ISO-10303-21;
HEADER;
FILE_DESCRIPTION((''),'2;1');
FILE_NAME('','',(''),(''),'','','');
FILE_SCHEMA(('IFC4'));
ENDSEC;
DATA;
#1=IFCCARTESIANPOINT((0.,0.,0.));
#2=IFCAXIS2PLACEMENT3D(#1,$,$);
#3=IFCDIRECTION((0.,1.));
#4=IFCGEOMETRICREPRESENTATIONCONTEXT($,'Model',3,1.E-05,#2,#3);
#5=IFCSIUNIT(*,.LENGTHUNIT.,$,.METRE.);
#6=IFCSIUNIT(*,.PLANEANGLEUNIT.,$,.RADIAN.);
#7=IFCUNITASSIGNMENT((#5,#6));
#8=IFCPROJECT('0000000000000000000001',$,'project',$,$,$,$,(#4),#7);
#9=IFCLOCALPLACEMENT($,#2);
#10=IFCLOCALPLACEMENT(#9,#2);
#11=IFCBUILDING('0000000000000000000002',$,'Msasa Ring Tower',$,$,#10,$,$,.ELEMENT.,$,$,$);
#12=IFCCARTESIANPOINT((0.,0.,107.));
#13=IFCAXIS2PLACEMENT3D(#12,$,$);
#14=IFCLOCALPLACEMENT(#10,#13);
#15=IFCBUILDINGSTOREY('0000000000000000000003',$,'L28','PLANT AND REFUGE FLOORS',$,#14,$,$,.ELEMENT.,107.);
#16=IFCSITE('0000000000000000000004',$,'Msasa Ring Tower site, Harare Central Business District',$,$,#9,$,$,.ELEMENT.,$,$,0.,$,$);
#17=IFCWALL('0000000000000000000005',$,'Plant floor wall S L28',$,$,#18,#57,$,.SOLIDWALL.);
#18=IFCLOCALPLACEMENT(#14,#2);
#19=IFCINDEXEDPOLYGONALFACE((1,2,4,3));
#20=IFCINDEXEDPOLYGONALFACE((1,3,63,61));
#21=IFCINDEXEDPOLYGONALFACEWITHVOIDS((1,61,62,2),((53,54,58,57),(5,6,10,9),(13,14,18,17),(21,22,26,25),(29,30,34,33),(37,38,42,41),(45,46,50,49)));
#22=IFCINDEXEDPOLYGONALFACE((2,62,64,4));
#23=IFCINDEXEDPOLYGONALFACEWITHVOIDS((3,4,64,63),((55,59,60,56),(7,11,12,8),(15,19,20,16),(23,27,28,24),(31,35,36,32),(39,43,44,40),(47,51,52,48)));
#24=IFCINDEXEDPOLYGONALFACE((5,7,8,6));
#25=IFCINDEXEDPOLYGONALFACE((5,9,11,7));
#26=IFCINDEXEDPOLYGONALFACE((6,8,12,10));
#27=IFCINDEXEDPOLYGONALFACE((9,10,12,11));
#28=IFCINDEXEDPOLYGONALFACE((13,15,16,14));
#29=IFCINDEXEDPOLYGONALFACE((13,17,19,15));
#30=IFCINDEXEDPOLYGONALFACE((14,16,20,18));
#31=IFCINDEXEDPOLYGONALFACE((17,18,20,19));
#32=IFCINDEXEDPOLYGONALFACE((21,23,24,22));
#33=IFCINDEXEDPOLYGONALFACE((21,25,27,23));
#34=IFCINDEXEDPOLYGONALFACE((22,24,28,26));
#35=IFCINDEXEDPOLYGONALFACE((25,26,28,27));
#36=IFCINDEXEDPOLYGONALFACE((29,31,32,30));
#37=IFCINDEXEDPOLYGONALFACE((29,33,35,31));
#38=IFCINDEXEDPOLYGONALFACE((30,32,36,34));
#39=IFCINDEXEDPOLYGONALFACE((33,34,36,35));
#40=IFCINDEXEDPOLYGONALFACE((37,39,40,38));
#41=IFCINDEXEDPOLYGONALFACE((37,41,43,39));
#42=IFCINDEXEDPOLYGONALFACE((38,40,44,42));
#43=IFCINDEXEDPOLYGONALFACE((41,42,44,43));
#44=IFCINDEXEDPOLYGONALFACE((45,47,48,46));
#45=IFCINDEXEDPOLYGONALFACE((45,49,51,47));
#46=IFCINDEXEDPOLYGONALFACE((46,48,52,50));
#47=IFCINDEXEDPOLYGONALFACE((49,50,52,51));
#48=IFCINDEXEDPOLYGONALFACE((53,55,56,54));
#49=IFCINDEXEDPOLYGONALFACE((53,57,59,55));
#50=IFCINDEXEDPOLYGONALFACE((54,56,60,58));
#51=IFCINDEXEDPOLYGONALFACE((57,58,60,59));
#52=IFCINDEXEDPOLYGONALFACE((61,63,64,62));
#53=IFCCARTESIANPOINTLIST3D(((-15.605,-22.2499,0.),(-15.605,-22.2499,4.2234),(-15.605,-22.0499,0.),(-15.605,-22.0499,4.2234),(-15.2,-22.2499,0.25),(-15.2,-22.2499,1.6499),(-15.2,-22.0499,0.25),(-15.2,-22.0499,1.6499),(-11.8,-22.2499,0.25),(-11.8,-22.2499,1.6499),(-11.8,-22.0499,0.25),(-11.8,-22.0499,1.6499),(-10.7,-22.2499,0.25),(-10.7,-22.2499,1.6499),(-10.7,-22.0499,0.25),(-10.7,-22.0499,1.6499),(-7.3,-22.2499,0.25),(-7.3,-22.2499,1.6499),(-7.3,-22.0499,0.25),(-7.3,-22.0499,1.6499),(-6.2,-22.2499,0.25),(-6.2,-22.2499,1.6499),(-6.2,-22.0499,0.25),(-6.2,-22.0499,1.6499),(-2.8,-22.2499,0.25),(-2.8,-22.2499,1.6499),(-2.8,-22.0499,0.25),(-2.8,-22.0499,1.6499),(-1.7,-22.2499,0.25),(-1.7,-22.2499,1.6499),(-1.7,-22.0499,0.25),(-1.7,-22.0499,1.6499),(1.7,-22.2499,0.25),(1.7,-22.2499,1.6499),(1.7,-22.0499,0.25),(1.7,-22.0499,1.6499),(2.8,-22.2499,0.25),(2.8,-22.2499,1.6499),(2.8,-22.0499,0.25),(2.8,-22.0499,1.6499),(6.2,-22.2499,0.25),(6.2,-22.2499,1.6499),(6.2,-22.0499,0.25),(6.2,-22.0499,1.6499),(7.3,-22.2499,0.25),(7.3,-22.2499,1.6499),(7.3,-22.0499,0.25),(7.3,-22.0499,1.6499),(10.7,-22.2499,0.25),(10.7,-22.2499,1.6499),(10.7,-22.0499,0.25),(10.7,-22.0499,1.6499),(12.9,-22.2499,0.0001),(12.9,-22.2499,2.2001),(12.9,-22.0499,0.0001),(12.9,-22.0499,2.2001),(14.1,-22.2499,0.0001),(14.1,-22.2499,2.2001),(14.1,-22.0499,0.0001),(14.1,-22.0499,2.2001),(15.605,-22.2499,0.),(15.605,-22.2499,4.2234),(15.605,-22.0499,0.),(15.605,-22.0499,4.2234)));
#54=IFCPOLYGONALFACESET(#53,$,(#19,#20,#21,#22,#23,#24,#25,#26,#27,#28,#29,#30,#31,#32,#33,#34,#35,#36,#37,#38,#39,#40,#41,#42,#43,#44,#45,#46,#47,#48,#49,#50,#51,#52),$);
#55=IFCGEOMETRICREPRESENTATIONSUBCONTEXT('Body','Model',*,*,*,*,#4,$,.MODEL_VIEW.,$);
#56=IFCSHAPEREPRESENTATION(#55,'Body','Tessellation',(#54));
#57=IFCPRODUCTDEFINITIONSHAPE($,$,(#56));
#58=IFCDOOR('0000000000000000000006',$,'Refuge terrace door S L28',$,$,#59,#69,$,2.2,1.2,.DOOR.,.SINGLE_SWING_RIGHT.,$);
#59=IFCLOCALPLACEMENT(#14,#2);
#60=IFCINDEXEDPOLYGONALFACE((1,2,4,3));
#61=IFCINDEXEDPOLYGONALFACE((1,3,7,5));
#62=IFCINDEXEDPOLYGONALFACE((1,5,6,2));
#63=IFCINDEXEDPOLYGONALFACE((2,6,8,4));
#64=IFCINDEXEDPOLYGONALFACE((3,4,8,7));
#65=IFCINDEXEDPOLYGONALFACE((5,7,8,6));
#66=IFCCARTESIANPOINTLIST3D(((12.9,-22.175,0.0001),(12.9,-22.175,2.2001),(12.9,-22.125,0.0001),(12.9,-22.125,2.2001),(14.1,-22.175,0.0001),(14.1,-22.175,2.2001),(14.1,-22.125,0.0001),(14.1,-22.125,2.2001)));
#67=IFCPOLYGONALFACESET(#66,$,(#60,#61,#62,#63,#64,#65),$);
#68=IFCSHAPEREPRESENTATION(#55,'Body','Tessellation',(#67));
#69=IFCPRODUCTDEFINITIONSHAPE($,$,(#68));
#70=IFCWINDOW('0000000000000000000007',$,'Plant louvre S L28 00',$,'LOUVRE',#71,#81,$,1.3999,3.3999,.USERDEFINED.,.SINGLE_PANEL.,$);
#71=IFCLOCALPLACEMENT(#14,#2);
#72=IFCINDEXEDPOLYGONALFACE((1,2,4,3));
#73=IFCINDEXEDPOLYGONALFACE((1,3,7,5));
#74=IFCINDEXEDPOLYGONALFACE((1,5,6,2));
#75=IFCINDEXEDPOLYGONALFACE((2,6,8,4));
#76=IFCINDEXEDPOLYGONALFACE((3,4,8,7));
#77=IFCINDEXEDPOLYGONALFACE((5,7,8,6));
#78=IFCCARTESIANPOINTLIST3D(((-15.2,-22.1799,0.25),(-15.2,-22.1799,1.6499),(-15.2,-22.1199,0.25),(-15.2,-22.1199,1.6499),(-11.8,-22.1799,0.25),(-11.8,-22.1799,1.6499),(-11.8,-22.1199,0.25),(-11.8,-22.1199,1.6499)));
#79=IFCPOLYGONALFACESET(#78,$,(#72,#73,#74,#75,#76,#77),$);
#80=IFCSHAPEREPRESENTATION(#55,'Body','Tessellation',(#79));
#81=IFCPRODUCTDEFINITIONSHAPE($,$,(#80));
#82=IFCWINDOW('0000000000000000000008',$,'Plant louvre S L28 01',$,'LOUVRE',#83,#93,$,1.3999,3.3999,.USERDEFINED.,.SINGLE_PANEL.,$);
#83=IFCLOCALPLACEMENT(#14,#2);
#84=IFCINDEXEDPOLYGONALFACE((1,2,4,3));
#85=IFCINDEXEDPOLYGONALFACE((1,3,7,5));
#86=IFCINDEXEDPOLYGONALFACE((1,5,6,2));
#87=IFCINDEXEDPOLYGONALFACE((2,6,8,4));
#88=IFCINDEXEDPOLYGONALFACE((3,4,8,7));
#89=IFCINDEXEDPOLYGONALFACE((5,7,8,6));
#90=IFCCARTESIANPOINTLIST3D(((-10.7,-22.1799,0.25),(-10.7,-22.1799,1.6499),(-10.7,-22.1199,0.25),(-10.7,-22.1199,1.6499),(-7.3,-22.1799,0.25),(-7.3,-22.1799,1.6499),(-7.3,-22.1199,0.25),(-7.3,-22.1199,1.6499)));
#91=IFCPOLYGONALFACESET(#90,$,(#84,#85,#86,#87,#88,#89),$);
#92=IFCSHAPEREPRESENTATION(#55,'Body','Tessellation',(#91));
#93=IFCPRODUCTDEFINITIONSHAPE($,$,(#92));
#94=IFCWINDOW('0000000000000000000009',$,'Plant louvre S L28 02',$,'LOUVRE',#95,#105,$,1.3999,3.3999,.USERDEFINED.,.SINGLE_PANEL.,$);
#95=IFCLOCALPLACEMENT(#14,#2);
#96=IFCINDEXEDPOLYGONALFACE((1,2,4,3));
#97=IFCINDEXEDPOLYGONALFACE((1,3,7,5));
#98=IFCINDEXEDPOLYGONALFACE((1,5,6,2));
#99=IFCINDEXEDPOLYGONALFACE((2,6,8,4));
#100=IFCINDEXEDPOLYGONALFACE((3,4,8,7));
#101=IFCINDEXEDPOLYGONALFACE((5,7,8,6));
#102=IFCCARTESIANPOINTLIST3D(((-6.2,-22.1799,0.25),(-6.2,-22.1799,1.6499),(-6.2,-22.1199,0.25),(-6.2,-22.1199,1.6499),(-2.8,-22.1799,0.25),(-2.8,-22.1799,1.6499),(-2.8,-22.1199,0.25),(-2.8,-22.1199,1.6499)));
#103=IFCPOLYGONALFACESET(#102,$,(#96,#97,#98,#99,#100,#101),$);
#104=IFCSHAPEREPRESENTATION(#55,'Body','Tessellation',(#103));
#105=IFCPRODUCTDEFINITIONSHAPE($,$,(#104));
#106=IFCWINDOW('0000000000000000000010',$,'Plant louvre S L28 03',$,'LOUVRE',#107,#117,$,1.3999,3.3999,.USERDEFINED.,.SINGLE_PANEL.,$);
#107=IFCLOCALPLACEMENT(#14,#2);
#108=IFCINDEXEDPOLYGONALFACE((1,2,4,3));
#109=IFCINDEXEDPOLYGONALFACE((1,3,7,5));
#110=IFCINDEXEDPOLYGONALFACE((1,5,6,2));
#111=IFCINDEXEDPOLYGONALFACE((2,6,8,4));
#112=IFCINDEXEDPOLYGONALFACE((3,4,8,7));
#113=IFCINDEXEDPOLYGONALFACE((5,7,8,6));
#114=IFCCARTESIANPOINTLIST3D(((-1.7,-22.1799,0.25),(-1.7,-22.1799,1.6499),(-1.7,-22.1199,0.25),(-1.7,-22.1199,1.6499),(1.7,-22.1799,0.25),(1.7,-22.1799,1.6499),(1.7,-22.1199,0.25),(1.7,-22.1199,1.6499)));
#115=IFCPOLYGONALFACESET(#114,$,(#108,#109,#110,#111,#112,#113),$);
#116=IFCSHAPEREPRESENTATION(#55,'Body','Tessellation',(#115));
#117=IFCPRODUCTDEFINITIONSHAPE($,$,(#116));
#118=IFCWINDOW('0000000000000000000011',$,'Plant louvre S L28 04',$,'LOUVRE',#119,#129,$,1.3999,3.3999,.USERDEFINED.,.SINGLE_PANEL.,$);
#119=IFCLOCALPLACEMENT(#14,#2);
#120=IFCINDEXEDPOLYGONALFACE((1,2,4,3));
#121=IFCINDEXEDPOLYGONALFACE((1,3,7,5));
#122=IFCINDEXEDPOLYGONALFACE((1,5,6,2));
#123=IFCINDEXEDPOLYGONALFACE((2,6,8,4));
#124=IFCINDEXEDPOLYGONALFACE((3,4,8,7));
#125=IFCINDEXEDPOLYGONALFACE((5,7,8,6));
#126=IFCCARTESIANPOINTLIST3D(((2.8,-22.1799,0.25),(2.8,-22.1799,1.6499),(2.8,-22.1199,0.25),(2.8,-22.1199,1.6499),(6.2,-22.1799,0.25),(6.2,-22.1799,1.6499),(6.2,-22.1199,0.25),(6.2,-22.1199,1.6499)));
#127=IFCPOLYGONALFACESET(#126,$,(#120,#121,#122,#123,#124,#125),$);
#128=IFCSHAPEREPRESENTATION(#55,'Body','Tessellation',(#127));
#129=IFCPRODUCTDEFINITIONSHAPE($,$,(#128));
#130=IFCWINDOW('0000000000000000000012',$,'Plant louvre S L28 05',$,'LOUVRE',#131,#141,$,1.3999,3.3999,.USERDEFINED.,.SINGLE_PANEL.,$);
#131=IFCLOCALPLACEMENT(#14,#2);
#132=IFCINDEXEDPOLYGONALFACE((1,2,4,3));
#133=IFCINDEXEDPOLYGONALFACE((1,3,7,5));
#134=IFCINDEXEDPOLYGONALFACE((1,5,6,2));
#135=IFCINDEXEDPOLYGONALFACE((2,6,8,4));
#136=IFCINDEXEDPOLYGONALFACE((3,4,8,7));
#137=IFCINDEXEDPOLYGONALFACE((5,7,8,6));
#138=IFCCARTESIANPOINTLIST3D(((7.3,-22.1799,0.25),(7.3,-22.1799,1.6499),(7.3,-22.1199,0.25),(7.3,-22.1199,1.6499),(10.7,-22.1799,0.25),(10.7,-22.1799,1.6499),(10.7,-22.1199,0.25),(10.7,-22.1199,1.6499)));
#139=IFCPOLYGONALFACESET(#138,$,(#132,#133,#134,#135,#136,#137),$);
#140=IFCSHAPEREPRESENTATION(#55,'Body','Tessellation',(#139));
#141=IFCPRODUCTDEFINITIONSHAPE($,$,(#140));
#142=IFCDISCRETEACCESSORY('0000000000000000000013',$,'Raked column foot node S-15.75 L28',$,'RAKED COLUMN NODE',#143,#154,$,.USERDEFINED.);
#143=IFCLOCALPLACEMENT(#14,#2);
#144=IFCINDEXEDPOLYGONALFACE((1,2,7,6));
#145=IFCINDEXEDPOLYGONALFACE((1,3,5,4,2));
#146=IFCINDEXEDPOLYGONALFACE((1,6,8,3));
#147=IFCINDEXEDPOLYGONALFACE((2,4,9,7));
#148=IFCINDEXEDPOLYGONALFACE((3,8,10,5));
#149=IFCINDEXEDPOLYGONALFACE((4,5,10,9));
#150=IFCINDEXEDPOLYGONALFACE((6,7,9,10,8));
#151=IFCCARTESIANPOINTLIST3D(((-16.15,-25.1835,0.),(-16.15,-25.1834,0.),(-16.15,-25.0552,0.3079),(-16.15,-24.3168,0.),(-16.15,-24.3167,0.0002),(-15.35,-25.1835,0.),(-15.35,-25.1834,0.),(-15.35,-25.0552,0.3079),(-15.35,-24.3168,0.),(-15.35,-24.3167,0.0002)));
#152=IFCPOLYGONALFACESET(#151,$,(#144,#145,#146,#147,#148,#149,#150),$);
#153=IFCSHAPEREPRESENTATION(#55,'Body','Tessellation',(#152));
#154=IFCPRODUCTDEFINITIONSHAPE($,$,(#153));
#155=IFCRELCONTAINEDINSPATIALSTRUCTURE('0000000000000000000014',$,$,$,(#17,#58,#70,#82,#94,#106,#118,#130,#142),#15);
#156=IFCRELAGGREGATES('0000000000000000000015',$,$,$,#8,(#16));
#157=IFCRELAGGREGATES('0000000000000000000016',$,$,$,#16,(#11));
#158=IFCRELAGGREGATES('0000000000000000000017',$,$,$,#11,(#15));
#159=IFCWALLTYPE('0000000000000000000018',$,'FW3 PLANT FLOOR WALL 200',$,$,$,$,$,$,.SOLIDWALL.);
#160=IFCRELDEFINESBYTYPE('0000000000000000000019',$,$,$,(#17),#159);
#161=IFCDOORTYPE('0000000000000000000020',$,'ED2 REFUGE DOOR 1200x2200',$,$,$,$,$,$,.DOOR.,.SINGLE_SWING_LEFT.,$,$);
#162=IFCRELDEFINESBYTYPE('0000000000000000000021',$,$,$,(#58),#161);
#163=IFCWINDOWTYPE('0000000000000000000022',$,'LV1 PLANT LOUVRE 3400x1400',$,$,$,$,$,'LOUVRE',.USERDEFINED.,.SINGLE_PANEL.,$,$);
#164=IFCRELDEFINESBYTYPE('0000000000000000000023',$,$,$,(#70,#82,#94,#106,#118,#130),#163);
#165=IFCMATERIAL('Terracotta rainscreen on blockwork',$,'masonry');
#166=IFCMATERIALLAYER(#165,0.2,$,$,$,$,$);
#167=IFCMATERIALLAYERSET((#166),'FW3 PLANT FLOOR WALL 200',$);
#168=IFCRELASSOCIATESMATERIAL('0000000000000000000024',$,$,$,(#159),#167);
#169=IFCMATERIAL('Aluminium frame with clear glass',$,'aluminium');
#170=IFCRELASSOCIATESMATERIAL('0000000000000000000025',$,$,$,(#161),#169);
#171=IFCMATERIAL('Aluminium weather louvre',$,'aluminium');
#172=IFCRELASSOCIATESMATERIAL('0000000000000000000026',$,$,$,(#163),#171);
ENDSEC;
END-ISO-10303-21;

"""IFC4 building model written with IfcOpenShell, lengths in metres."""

from ifc_helpers import new_model, si_unit, direction, frame, frame_2d, origin, origin_2d, place, context, subcontext, project, spatial, rectangle, extrude, clip, halfspace, material, layer, layer_set, type_object, element, fill, save


model = new_model("IFC4")

# Units and contexts
model_context = context("Model", 3, precision=1e-05, world=origin(), true_north=direction((0.0, 1.0)))
body_context = subcontext(model_context, "Body", "Model", "MODEL_VIEW")
ifc_project = project(units=[si_unit("LENGTHUNIT", "METRE"), si_unit("PLANEANGLEUNIT", "RADIAN")], contexts=[model_context])

# Site, building, storey
site_placement = place(None, origin())
site = spatial("IfcSite", under=ifc_project, at=site_placement, Name="Msasa Ring Tower site, Harare Central Business District", CompositionType="ELEMENT", RefElevation=0.0)
building_placement = place(site_placement, origin())
building = spatial("IfcBuilding", under=site, at=building_placement, Name="Msasa Ring Tower", CompositionType="ELEMENT")
storey_placement = place(building_placement, frame((0.0, 0.0, 107.0)))
storey = spatial("IfcBuildingStorey", under=building, at=storey_placement, Name="L28", Description="PLANT AND REFUGE FLOORS", CompositionType="ELEMENT", Elevation=107.0)

# Wall, openings, door, windows
ifc_material_1 = material(Name="Terracotta rainscreen on blockwork", Category="masonry")
ifc_layer = layer(ifc_material_1, 0.2)
ifc_layer_set = layer_set([ifc_layer], Name="FW3 PLANT FLOOR WALL 200")
wall_type = type_object("IfcWallType", Name="FW3 PLANT FLOOR WALL 200", PredefinedType="SOLIDWALL", material=ifc_layer_set)
wall_placement = place(storey_placement, frame((-15.605, -22.1499, 0.0), z_axis=(0.0, 0.0, 1.0), x_axis=(1.0, 0.0, 0.0)))
wall = element("IfcWall", 1, at=wall_placement, inside=storey, type_object=wall_type, Name="Plant floor wall S L28", PredefinedType="SOLIDWALL", context=body_context, shape_type="SweptSolid", body=[
    extrude(rectangle(XDim=31.21, YDim=0.2, at=frame_2d((15.605, 0.0))), origin(), (0.0, 0.0, 1.0), 4.2234),
])
opening_1_placement = place(wall_placement, frame((0.405, 0.0, 0.25)))
opening_1 = element("IfcOpeningElement", 2, at=opening_1_placement, cuts=wall, PredefinedType="OPENING", context=body_context, shape_type="SweptSolid", body=[
    extrude(rectangle(XDim=3.3999, YDim=1.3999, at=frame_2d((1.7, 0.7))), frame((0.0, 0.1099, 0.0), z_axis=(0.0, -1.0, 0.0), x_axis=(1.0, 0.0, 0.0)), (0.0, 0.0, 1.0), 0.22),
])
opening_2_placement = place(wall_placement, frame((4.905, 0.0, 0.25)))
opening_2 = element("IfcOpeningElement", 3, at=opening_2_placement, cuts=wall, PredefinedType="OPENING", context=body_context, shape_type="SweptSolid", body=[
    extrude(rectangle(XDim=3.3999, YDim=1.3999, at=frame_2d((1.7, 0.7))), frame((0.0, 0.1099, 0.0), z_axis=(0.0, -1.0, 0.0), x_axis=(1.0, 0.0, 0.0)), (0.0, 0.0, 1.0), 0.22),
])
opening_3_placement = place(wall_placement, frame((9.405, 0.0, 0.25)))
opening_3 = element("IfcOpeningElement", 4, at=opening_3_placement, cuts=wall, PredefinedType="OPENING", context=body_context, shape_type="SweptSolid", body=[
    extrude(rectangle(XDim=3.3999, YDim=1.3999, at=frame_2d((1.7, 0.7))), frame((0.0, 0.1099, 0.0), z_axis=(0.0, -1.0, 0.0), x_axis=(1.0, 0.0, 0.0)), (0.0, 0.0, 1.0), 0.22),
])
opening_4_placement = place(wall_placement, frame((13.905, 0.0, 0.25)))
opening_4 = element("IfcOpeningElement", 5, at=opening_4_placement, cuts=wall, PredefinedType="OPENING", context=body_context, shape_type="SweptSolid", body=[
    extrude(rectangle(XDim=3.3999, YDim=1.3999, at=frame_2d((1.7, 0.7))), frame((0.0, 0.1099, 0.0), z_axis=(0.0, -1.0, 0.0), x_axis=(1.0, 0.0, 0.0)), (0.0, 0.0, 1.0), 0.22),
])
opening_5_placement = place(wall_placement, frame((18.405, 0.0, 0.25)))
opening_5 = element("IfcOpeningElement", 6, at=opening_5_placement, cuts=wall, PredefinedType="OPENING", context=body_context, shape_type="SweptSolid", body=[
    extrude(rectangle(XDim=3.3999, YDim=1.3999, at=frame_2d((1.7, 0.7))), frame((0.0, 0.1099, 0.0), z_axis=(0.0, -1.0, 0.0), x_axis=(1.0, 0.0, 0.0)), (0.0, 0.0, 1.0), 0.22),
])
opening_6_placement = place(wall_placement, frame((22.905, 0.0, 0.25)))
opening_6 = element("IfcOpeningElement", 7, at=opening_6_placement, cuts=wall, PredefinedType="OPENING", context=body_context, shape_type="SweptSolid", body=[
    extrude(rectangle(XDim=3.3999, YDim=1.3999, at=frame_2d((1.7, 0.7))), frame((0.0, 0.1099, 0.0), z_axis=(0.0, -1.0, 0.0), x_axis=(1.0, 0.0, 0.0)), (0.0, 0.0, 1.0), 0.22),
])
opening_7_placement = place(wall_placement, frame((28.5049, 0.0, 0.0)))
opening_7 = element("IfcOpeningElement", 8, at=opening_7_placement, cuts=wall, PredefinedType="OPENING", context=body_context, shape_type="SweptSolid", body=[
    extrude(rectangle(XDim=1.2, YDim=2.2, at=frame_2d((0.6001, 1.1001))), frame((0.0, 0.1099, 0.0), z_axis=(0.0, -1.0, 0.0), x_axis=(1.0, 0.0, 0.0)), (0.0, 0.0, 1.0), 0.22),
])
ifc_material_2 = material(Name="Aluminium frame with clear glass", Category="aluminium")
door_type = type_object("IfcDoorType", Name="ED2 REFUGE DOOR 1200x2200", OperationType="SINGLE_SWING_LEFT", PredefinedType="DOOR", material=ifc_material_2)
door_placement = place(opening_7_placement, origin())
door = element("IfcDoor", 9, at=door_placement, inside=storey, type_object=door_type, Name="Refuge terrace door S L28", OperationType="SINGLE_SWING_RIGHT", OverallHeight=2.2, OverallWidth=1.2, PredefinedType="DOOR", context=body_context, shape_type="SweptSolid", body=[
    extrude(rectangle(XDim=1.2, YDim=2.2, at=frame_2d((0.6001, 1.1001))), frame((0.0, 0.0249, 0.0), z_axis=(0.0, -1.0, 0.0), x_axis=(1.0, 0.0, 0.0)), (0.0, 0.0, 1.0), 0.05),
])
fill(opening_7, door)
ifc_material_3 = material(Name="Aluminium weather louvre", Category="aluminium")
window_type = type_object("IfcWindowType", Name="LV1 PLANT LOUVRE 3400x1400", ElementType="LOUVRE", PartitioningType="SINGLE_PANEL", PredefinedType="USERDEFINED", material=ifc_material_3)
window_1_placement = place(opening_1_placement, origin())
window_1 = element("IfcWindow", 10, at=window_1_placement, inside=storey, type_object=window_type, Name="Plant louvre S L28 00", ObjectType="LOUVRE", OverallHeight=1.3999, OverallWidth=3.3999, PartitioningType="SINGLE_PANEL", PredefinedType="USERDEFINED", context=body_context, shape_type="SweptSolid", body=[
    extrude(rectangle(XDim=3.3999, YDim=1.3999, at=frame_2d((1.7, 0.7))), frame((0.0, 0.03, 0.0), z_axis=(0.0, -1.0, 0.0), x_axis=(1.0, 0.0, 0.0)), (0.0, 0.0, 1.0), 0.0601),
])
fill(opening_1, window_1)
window_2_placement = place(opening_2_placement, origin())
window_2 = element("IfcWindow", 11, at=window_2_placement, inside=storey, type_object=window_type, Name="Plant louvre S L28 01", ObjectType="LOUVRE", OverallHeight=1.3999, OverallWidth=3.3999, PartitioningType="SINGLE_PANEL", PredefinedType="USERDEFINED", context=body_context, shape_type="SweptSolid", body=[
    extrude(rectangle(XDim=3.3999, YDim=1.3999, at=frame_2d((1.7, 0.7))), frame((0.0, 0.03, 0.0), z_axis=(0.0, -1.0, 0.0), x_axis=(1.0, 0.0, 0.0)), (0.0, 0.0, 1.0), 0.0601),
])
fill(opening_2, window_2)
window_3_placement = place(opening_3_placement, origin())
window_3 = element("IfcWindow", 12, at=window_3_placement, inside=storey, type_object=window_type, Name="Plant louvre S L28 02", ObjectType="LOUVRE", OverallHeight=1.3999, OverallWidth=3.3999, PartitioningType="SINGLE_PANEL", PredefinedType="USERDEFINED", context=body_context, shape_type="SweptSolid", body=[
    extrude(rectangle(XDim=3.3999, YDim=1.3999, at=frame_2d((1.7, 0.7))), frame((0.0, 0.03, 0.0), z_axis=(0.0, -1.0, 0.0), x_axis=(1.0, 0.0, 0.0)), (0.0, 0.0, 1.0), 0.0601),
])
fill(opening_3, window_3)
window_4_placement = place(opening_4_placement, origin())
window_4 = element("IfcWindow", 13, at=window_4_placement, inside=storey, type_object=window_type, Name="Plant louvre S L28 03", ObjectType="LOUVRE", OverallHeight=1.3999, OverallWidth=3.3999, PartitioningType="SINGLE_PANEL", PredefinedType="USERDEFINED", context=body_context, shape_type="SweptSolid", body=[
    extrude(rectangle(XDim=3.3999, YDim=1.3999, at=frame_2d((1.7, 0.7))), frame((0.0, 0.03, 0.0), z_axis=(0.0, -1.0, 0.0), x_axis=(1.0, 0.0, 0.0)), (0.0, 0.0, 1.0), 0.0601),
])
fill(opening_4, window_4)
window_5_placement = place(opening_5_placement, origin())
window_5 = element("IfcWindow", 14, at=window_5_placement, inside=storey, type_object=window_type, Name="Plant louvre S L28 04", ObjectType="LOUVRE", OverallHeight=1.3999, OverallWidth=3.3999, PartitioningType="SINGLE_PANEL", PredefinedType="USERDEFINED", context=body_context, shape_type="SweptSolid", body=[
    extrude(rectangle(XDim=3.3999, YDim=1.3999, at=frame_2d((1.7, 0.7))), frame((0.0, 0.03, 0.0), z_axis=(0.0, -1.0, 0.0), x_axis=(1.0, 0.0, 0.0)), (0.0, 0.0, 1.0), 0.0601),
])
fill(opening_5, window_5)
window_6_placement = place(opening_6_placement, origin())
window_6 = element("IfcWindow", 15, at=window_6_placement, inside=storey, type_object=window_type, Name="Plant louvre S L28 05", ObjectType="LOUVRE", OverallHeight=1.3999, OverallWidth=3.3999, PartitioningType="SINGLE_PANEL", PredefinedType="USERDEFINED", context=body_context, shape_type="SweptSolid", body=[
    extrude(rectangle(XDim=3.3999, YDim=1.3999, at=frame_2d((1.7, 0.7))), frame((0.0, 0.03, 0.0), z_axis=(0.0, -1.0, 0.0), x_axis=(1.0, 0.0, 0.0)), (0.0, 0.0, 1.0), 0.0601),
])
fill(opening_6, window_6)

# Discrete accessory
discrete_accessory_1_placement = place(storey_placement, frame((-15.75, -24.75, 0.0)))
element("IfcDiscreteAccessory", 16, at=discrete_accessory_1_placement, inside=storey, Name="Raked column foot node S-15.75 L28", ObjectType="RAKED COLUMN NODE", PredefinedType="USERDEFINED", context=body_context, shape_type="Clipping", body=[
    clip(extrude(rectangle(XDim=0.8, YDim=0.8, at=origin_2d()), frame((0.0, -0.0642, -0.1538), z_axis=(0.0, 0.384615, 0.923077), x_axis=(0.0, -0.923077, 0.384615)), (0.0, 0.0, 1.0), 0.3335), halfspace(frame((0.0, 0.0, 0.0), z_axis=(0.0, 0.0, 1.0)), True)),
])

save(model, "model.ifc")
